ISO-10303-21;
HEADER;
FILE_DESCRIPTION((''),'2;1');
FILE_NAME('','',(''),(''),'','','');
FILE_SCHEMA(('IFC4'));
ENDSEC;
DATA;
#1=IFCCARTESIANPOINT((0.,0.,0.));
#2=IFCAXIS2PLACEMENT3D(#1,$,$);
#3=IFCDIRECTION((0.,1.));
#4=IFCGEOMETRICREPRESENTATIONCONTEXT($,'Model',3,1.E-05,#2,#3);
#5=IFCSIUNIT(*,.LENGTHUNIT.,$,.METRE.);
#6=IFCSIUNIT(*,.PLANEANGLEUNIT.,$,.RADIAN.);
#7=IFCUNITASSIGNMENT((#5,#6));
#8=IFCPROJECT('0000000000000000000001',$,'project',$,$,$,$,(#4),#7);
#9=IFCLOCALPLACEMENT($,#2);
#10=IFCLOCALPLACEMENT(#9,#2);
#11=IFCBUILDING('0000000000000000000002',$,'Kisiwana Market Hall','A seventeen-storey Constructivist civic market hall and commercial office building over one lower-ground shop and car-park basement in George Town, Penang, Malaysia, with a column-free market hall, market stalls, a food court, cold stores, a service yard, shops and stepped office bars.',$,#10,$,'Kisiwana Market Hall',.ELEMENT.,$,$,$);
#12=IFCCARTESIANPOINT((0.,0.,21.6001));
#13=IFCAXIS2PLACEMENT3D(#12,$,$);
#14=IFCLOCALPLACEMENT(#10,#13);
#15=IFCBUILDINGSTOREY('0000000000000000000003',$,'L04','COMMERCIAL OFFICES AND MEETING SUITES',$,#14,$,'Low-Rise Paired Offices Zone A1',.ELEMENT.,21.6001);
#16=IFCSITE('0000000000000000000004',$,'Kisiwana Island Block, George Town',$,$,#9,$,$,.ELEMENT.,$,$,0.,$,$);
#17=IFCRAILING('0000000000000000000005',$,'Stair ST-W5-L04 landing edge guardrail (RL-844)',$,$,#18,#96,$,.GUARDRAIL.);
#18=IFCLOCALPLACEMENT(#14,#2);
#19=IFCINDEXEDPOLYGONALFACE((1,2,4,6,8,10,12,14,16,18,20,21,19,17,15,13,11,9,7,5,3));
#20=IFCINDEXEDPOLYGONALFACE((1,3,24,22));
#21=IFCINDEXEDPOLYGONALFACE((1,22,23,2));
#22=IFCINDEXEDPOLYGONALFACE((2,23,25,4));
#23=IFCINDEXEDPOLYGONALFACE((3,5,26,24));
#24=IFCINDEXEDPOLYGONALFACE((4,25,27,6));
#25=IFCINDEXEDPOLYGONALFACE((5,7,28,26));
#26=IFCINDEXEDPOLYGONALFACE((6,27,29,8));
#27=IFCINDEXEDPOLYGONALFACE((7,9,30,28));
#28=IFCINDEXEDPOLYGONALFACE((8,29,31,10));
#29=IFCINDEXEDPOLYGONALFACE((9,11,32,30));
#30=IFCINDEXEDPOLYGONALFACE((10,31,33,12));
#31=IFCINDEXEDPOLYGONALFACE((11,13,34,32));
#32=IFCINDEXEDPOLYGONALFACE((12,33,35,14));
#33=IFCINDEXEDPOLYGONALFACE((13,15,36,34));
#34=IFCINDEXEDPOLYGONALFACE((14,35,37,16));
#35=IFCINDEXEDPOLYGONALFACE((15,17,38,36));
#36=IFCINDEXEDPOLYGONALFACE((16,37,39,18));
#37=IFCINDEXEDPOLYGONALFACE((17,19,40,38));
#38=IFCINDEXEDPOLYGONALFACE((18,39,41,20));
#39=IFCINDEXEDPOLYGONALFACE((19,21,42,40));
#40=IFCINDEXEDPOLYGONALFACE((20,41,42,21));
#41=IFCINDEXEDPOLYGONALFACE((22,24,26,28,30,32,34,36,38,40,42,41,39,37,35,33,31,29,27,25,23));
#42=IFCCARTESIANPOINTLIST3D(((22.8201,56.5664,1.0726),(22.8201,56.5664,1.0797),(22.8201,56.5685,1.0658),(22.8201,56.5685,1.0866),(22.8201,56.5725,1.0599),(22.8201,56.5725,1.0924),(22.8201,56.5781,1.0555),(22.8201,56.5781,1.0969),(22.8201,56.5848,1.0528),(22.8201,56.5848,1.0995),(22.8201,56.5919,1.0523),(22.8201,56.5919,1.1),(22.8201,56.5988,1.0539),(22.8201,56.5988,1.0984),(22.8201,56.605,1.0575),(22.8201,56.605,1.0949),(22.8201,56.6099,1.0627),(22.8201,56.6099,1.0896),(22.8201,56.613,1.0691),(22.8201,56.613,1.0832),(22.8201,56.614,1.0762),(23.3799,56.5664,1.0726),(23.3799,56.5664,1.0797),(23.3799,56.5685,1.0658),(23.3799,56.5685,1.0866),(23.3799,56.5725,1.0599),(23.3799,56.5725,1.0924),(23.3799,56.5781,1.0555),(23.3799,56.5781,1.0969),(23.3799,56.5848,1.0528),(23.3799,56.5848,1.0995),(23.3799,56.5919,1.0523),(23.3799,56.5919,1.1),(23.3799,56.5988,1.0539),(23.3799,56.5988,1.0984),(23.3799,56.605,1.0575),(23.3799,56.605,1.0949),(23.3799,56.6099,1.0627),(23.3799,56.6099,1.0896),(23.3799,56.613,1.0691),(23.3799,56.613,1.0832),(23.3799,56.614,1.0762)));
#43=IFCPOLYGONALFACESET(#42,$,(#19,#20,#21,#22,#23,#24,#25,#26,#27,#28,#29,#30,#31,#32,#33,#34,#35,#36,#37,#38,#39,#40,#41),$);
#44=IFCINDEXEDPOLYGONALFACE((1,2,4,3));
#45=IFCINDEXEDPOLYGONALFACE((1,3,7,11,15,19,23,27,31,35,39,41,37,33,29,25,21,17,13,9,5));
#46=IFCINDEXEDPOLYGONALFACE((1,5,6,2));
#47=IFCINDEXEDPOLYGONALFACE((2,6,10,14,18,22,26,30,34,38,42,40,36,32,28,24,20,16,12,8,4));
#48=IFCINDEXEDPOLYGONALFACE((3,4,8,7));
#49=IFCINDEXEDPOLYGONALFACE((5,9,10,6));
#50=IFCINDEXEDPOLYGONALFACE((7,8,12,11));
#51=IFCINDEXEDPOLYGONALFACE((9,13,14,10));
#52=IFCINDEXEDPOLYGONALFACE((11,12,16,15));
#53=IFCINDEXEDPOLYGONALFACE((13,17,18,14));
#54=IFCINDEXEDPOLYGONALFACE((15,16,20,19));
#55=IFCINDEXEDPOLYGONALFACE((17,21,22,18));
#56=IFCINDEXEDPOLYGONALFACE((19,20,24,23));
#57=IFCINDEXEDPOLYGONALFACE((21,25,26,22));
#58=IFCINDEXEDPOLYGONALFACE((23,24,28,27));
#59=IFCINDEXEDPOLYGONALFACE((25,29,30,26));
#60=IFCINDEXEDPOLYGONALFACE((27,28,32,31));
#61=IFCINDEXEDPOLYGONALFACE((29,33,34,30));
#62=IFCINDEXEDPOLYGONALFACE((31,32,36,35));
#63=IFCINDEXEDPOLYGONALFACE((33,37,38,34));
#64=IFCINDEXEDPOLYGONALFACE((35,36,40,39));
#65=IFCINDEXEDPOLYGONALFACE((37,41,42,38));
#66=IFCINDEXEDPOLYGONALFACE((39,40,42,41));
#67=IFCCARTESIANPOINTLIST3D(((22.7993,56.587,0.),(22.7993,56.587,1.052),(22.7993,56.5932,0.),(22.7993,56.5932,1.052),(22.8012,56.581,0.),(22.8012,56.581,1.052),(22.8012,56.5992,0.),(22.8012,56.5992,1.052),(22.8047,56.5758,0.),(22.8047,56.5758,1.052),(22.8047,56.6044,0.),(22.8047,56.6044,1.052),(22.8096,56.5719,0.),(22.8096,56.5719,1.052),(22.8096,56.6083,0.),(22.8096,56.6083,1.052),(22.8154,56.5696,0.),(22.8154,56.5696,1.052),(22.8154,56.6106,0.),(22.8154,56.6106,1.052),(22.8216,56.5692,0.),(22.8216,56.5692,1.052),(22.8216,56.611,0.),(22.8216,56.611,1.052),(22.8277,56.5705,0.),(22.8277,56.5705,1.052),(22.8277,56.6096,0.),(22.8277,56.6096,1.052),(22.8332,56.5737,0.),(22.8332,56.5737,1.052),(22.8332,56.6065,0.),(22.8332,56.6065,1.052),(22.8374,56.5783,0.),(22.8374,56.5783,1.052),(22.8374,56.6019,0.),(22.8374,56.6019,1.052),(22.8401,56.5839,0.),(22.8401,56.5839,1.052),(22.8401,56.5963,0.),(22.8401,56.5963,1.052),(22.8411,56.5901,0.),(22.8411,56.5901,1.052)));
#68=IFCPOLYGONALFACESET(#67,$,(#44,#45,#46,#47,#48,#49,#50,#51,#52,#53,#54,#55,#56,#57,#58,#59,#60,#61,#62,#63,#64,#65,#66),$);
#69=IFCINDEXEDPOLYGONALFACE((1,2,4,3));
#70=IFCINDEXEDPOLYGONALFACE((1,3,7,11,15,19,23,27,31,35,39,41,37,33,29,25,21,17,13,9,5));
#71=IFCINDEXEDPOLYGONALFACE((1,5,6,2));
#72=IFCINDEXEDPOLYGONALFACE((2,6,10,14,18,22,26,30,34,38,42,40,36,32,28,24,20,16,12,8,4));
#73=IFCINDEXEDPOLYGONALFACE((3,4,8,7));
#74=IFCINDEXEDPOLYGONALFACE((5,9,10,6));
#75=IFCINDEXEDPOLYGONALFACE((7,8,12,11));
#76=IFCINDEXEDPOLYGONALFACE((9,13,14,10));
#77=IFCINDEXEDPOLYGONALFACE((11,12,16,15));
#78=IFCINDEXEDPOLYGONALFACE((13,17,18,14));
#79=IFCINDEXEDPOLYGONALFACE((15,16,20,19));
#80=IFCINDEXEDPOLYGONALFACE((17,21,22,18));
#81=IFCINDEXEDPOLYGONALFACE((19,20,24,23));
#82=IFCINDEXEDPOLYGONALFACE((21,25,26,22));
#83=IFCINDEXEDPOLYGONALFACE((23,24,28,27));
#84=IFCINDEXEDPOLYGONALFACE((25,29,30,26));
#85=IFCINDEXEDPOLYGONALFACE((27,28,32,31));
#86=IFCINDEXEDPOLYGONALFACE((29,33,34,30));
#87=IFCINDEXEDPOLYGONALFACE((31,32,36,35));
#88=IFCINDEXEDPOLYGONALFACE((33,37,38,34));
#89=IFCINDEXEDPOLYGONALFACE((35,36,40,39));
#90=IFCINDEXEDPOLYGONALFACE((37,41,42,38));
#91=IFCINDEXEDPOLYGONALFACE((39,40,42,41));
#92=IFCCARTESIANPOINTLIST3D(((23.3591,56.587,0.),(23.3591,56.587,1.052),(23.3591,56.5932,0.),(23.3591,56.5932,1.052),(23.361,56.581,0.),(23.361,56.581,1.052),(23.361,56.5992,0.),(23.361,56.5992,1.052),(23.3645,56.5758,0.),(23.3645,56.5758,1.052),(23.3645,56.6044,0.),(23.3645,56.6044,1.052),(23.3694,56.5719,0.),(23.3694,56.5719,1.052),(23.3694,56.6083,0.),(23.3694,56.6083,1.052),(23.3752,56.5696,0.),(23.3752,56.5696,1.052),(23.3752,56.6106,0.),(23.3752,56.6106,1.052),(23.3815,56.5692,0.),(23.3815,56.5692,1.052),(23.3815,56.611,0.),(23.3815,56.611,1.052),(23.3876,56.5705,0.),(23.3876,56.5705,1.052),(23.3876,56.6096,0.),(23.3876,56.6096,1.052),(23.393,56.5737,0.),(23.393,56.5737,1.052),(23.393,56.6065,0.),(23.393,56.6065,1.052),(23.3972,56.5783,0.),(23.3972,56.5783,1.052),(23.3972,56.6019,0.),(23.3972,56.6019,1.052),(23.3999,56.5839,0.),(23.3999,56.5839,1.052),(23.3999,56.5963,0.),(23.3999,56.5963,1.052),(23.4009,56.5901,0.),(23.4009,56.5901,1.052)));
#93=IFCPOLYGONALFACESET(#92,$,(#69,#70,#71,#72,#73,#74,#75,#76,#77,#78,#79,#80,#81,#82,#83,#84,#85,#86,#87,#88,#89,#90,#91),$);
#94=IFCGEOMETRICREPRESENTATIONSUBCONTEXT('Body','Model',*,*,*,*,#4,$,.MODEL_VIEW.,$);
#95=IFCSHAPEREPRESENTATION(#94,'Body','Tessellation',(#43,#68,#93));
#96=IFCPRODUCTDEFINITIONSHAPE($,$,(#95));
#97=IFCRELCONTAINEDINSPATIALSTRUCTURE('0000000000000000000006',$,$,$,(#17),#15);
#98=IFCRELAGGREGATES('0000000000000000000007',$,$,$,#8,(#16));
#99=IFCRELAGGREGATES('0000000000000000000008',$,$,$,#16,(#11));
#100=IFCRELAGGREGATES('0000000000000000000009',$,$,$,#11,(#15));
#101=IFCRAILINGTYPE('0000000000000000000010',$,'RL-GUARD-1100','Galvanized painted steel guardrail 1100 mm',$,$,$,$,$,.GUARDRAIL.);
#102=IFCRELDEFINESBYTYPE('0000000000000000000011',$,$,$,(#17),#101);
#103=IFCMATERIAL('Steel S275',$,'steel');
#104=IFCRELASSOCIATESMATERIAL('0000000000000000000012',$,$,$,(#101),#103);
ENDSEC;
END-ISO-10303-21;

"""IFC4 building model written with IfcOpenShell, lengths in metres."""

from ifc_helpers import new_model, si_unit, direction, frame, origin, origin_2d, place, context, subcontext, project, spatial, circle, extrude, material, type_object, element, save


model = new_model("IFC4")

# Units and contexts
model_context = context("Model", 3, precision=1e-05, world=origin(), true_north=direction((0.0, 1.0)))
body_context = subcontext(model_context, "Body", "Model", "MODEL_VIEW")
ifc_project = project(units=[si_unit("LENGTHUNIT", "METRE"), si_unit("PLANEANGLEUNIT", "RADIAN")], contexts=[model_context])

# Site, building, storey
site_placement = place(None, origin())
site = spatial("IfcSite", under=ifc_project, at=site_placement, Name="Kisiwana Island Block, George Town", CompositionType="ELEMENT", RefElevation=0.0)
building_placement = place(site_placement, origin())
building = spatial("IfcBuilding", under=site, at=building_placement, Name="Kisiwana Market Hall", Description="A seventeen-storey Constructivist civic market hall and commercial office building over one lower-ground shop and car-park basement in George Town, Penang, Malaysia, with a column-free market hall, market stalls, a food court, cold stores, a service yard, shops and stepped office bars.", LongName="Kisiwana Market Hall", CompositionType="ELEMENT")
storey_placement = place(building_placement, frame((0.0, 0.0, 21.6001)))
storey = spatial("IfcBuildingStorey", under=building, at=storey_placement, Name="L04", Description="COMMERCIAL OFFICES AND MEETING SUITES", LongName="Low-Rise Paired Offices Zone A1", CompositionType="ELEMENT", Elevation=21.6001)

# Railing
ifc_material_1 = material(Name="Steel S275", Category="steel")
railing_type_1 = type_object("IfcRailingType", Name="RL-GUARD-1100", Description="Galvanized painted steel guardrail 1100 mm", PredefinedType="GUARDRAIL", material=ifc_material_1)
railing_1_placement = place(storey_placement, frame((22.8201, 56.5901, 0.0)))
element("IfcRailing", 1, at=railing_1_placement, inside=storey, type_object=railing_type_1, Name="Stair ST-W5-L04 landing edge guardrail (RL-844)", PredefinedType="GUARDRAIL", context=body_context, shape_type="SweptSolid", body=[
    extrude(circle(Radius=0.0239, at=origin_2d()), frame((0.0, 0.0, 1.0762), z_axis=(1.0, 0.0, 0.0), x_axis=(0.0, 1.0, 0.0)), (0.0, 0.0, 1.0), 0.5598),
    extrude(circle(Radius=0.021, at=origin_2d()), origin(), (0.0, 0.0, 1.0), 1.052),
    extrude(circle(Radius=0.021, at=origin_2d()), frame((0.5598, 0.0, 0.0)), (0.0, 0.0, 1.0), 1.052),
])

save(model, "model.ifc")
